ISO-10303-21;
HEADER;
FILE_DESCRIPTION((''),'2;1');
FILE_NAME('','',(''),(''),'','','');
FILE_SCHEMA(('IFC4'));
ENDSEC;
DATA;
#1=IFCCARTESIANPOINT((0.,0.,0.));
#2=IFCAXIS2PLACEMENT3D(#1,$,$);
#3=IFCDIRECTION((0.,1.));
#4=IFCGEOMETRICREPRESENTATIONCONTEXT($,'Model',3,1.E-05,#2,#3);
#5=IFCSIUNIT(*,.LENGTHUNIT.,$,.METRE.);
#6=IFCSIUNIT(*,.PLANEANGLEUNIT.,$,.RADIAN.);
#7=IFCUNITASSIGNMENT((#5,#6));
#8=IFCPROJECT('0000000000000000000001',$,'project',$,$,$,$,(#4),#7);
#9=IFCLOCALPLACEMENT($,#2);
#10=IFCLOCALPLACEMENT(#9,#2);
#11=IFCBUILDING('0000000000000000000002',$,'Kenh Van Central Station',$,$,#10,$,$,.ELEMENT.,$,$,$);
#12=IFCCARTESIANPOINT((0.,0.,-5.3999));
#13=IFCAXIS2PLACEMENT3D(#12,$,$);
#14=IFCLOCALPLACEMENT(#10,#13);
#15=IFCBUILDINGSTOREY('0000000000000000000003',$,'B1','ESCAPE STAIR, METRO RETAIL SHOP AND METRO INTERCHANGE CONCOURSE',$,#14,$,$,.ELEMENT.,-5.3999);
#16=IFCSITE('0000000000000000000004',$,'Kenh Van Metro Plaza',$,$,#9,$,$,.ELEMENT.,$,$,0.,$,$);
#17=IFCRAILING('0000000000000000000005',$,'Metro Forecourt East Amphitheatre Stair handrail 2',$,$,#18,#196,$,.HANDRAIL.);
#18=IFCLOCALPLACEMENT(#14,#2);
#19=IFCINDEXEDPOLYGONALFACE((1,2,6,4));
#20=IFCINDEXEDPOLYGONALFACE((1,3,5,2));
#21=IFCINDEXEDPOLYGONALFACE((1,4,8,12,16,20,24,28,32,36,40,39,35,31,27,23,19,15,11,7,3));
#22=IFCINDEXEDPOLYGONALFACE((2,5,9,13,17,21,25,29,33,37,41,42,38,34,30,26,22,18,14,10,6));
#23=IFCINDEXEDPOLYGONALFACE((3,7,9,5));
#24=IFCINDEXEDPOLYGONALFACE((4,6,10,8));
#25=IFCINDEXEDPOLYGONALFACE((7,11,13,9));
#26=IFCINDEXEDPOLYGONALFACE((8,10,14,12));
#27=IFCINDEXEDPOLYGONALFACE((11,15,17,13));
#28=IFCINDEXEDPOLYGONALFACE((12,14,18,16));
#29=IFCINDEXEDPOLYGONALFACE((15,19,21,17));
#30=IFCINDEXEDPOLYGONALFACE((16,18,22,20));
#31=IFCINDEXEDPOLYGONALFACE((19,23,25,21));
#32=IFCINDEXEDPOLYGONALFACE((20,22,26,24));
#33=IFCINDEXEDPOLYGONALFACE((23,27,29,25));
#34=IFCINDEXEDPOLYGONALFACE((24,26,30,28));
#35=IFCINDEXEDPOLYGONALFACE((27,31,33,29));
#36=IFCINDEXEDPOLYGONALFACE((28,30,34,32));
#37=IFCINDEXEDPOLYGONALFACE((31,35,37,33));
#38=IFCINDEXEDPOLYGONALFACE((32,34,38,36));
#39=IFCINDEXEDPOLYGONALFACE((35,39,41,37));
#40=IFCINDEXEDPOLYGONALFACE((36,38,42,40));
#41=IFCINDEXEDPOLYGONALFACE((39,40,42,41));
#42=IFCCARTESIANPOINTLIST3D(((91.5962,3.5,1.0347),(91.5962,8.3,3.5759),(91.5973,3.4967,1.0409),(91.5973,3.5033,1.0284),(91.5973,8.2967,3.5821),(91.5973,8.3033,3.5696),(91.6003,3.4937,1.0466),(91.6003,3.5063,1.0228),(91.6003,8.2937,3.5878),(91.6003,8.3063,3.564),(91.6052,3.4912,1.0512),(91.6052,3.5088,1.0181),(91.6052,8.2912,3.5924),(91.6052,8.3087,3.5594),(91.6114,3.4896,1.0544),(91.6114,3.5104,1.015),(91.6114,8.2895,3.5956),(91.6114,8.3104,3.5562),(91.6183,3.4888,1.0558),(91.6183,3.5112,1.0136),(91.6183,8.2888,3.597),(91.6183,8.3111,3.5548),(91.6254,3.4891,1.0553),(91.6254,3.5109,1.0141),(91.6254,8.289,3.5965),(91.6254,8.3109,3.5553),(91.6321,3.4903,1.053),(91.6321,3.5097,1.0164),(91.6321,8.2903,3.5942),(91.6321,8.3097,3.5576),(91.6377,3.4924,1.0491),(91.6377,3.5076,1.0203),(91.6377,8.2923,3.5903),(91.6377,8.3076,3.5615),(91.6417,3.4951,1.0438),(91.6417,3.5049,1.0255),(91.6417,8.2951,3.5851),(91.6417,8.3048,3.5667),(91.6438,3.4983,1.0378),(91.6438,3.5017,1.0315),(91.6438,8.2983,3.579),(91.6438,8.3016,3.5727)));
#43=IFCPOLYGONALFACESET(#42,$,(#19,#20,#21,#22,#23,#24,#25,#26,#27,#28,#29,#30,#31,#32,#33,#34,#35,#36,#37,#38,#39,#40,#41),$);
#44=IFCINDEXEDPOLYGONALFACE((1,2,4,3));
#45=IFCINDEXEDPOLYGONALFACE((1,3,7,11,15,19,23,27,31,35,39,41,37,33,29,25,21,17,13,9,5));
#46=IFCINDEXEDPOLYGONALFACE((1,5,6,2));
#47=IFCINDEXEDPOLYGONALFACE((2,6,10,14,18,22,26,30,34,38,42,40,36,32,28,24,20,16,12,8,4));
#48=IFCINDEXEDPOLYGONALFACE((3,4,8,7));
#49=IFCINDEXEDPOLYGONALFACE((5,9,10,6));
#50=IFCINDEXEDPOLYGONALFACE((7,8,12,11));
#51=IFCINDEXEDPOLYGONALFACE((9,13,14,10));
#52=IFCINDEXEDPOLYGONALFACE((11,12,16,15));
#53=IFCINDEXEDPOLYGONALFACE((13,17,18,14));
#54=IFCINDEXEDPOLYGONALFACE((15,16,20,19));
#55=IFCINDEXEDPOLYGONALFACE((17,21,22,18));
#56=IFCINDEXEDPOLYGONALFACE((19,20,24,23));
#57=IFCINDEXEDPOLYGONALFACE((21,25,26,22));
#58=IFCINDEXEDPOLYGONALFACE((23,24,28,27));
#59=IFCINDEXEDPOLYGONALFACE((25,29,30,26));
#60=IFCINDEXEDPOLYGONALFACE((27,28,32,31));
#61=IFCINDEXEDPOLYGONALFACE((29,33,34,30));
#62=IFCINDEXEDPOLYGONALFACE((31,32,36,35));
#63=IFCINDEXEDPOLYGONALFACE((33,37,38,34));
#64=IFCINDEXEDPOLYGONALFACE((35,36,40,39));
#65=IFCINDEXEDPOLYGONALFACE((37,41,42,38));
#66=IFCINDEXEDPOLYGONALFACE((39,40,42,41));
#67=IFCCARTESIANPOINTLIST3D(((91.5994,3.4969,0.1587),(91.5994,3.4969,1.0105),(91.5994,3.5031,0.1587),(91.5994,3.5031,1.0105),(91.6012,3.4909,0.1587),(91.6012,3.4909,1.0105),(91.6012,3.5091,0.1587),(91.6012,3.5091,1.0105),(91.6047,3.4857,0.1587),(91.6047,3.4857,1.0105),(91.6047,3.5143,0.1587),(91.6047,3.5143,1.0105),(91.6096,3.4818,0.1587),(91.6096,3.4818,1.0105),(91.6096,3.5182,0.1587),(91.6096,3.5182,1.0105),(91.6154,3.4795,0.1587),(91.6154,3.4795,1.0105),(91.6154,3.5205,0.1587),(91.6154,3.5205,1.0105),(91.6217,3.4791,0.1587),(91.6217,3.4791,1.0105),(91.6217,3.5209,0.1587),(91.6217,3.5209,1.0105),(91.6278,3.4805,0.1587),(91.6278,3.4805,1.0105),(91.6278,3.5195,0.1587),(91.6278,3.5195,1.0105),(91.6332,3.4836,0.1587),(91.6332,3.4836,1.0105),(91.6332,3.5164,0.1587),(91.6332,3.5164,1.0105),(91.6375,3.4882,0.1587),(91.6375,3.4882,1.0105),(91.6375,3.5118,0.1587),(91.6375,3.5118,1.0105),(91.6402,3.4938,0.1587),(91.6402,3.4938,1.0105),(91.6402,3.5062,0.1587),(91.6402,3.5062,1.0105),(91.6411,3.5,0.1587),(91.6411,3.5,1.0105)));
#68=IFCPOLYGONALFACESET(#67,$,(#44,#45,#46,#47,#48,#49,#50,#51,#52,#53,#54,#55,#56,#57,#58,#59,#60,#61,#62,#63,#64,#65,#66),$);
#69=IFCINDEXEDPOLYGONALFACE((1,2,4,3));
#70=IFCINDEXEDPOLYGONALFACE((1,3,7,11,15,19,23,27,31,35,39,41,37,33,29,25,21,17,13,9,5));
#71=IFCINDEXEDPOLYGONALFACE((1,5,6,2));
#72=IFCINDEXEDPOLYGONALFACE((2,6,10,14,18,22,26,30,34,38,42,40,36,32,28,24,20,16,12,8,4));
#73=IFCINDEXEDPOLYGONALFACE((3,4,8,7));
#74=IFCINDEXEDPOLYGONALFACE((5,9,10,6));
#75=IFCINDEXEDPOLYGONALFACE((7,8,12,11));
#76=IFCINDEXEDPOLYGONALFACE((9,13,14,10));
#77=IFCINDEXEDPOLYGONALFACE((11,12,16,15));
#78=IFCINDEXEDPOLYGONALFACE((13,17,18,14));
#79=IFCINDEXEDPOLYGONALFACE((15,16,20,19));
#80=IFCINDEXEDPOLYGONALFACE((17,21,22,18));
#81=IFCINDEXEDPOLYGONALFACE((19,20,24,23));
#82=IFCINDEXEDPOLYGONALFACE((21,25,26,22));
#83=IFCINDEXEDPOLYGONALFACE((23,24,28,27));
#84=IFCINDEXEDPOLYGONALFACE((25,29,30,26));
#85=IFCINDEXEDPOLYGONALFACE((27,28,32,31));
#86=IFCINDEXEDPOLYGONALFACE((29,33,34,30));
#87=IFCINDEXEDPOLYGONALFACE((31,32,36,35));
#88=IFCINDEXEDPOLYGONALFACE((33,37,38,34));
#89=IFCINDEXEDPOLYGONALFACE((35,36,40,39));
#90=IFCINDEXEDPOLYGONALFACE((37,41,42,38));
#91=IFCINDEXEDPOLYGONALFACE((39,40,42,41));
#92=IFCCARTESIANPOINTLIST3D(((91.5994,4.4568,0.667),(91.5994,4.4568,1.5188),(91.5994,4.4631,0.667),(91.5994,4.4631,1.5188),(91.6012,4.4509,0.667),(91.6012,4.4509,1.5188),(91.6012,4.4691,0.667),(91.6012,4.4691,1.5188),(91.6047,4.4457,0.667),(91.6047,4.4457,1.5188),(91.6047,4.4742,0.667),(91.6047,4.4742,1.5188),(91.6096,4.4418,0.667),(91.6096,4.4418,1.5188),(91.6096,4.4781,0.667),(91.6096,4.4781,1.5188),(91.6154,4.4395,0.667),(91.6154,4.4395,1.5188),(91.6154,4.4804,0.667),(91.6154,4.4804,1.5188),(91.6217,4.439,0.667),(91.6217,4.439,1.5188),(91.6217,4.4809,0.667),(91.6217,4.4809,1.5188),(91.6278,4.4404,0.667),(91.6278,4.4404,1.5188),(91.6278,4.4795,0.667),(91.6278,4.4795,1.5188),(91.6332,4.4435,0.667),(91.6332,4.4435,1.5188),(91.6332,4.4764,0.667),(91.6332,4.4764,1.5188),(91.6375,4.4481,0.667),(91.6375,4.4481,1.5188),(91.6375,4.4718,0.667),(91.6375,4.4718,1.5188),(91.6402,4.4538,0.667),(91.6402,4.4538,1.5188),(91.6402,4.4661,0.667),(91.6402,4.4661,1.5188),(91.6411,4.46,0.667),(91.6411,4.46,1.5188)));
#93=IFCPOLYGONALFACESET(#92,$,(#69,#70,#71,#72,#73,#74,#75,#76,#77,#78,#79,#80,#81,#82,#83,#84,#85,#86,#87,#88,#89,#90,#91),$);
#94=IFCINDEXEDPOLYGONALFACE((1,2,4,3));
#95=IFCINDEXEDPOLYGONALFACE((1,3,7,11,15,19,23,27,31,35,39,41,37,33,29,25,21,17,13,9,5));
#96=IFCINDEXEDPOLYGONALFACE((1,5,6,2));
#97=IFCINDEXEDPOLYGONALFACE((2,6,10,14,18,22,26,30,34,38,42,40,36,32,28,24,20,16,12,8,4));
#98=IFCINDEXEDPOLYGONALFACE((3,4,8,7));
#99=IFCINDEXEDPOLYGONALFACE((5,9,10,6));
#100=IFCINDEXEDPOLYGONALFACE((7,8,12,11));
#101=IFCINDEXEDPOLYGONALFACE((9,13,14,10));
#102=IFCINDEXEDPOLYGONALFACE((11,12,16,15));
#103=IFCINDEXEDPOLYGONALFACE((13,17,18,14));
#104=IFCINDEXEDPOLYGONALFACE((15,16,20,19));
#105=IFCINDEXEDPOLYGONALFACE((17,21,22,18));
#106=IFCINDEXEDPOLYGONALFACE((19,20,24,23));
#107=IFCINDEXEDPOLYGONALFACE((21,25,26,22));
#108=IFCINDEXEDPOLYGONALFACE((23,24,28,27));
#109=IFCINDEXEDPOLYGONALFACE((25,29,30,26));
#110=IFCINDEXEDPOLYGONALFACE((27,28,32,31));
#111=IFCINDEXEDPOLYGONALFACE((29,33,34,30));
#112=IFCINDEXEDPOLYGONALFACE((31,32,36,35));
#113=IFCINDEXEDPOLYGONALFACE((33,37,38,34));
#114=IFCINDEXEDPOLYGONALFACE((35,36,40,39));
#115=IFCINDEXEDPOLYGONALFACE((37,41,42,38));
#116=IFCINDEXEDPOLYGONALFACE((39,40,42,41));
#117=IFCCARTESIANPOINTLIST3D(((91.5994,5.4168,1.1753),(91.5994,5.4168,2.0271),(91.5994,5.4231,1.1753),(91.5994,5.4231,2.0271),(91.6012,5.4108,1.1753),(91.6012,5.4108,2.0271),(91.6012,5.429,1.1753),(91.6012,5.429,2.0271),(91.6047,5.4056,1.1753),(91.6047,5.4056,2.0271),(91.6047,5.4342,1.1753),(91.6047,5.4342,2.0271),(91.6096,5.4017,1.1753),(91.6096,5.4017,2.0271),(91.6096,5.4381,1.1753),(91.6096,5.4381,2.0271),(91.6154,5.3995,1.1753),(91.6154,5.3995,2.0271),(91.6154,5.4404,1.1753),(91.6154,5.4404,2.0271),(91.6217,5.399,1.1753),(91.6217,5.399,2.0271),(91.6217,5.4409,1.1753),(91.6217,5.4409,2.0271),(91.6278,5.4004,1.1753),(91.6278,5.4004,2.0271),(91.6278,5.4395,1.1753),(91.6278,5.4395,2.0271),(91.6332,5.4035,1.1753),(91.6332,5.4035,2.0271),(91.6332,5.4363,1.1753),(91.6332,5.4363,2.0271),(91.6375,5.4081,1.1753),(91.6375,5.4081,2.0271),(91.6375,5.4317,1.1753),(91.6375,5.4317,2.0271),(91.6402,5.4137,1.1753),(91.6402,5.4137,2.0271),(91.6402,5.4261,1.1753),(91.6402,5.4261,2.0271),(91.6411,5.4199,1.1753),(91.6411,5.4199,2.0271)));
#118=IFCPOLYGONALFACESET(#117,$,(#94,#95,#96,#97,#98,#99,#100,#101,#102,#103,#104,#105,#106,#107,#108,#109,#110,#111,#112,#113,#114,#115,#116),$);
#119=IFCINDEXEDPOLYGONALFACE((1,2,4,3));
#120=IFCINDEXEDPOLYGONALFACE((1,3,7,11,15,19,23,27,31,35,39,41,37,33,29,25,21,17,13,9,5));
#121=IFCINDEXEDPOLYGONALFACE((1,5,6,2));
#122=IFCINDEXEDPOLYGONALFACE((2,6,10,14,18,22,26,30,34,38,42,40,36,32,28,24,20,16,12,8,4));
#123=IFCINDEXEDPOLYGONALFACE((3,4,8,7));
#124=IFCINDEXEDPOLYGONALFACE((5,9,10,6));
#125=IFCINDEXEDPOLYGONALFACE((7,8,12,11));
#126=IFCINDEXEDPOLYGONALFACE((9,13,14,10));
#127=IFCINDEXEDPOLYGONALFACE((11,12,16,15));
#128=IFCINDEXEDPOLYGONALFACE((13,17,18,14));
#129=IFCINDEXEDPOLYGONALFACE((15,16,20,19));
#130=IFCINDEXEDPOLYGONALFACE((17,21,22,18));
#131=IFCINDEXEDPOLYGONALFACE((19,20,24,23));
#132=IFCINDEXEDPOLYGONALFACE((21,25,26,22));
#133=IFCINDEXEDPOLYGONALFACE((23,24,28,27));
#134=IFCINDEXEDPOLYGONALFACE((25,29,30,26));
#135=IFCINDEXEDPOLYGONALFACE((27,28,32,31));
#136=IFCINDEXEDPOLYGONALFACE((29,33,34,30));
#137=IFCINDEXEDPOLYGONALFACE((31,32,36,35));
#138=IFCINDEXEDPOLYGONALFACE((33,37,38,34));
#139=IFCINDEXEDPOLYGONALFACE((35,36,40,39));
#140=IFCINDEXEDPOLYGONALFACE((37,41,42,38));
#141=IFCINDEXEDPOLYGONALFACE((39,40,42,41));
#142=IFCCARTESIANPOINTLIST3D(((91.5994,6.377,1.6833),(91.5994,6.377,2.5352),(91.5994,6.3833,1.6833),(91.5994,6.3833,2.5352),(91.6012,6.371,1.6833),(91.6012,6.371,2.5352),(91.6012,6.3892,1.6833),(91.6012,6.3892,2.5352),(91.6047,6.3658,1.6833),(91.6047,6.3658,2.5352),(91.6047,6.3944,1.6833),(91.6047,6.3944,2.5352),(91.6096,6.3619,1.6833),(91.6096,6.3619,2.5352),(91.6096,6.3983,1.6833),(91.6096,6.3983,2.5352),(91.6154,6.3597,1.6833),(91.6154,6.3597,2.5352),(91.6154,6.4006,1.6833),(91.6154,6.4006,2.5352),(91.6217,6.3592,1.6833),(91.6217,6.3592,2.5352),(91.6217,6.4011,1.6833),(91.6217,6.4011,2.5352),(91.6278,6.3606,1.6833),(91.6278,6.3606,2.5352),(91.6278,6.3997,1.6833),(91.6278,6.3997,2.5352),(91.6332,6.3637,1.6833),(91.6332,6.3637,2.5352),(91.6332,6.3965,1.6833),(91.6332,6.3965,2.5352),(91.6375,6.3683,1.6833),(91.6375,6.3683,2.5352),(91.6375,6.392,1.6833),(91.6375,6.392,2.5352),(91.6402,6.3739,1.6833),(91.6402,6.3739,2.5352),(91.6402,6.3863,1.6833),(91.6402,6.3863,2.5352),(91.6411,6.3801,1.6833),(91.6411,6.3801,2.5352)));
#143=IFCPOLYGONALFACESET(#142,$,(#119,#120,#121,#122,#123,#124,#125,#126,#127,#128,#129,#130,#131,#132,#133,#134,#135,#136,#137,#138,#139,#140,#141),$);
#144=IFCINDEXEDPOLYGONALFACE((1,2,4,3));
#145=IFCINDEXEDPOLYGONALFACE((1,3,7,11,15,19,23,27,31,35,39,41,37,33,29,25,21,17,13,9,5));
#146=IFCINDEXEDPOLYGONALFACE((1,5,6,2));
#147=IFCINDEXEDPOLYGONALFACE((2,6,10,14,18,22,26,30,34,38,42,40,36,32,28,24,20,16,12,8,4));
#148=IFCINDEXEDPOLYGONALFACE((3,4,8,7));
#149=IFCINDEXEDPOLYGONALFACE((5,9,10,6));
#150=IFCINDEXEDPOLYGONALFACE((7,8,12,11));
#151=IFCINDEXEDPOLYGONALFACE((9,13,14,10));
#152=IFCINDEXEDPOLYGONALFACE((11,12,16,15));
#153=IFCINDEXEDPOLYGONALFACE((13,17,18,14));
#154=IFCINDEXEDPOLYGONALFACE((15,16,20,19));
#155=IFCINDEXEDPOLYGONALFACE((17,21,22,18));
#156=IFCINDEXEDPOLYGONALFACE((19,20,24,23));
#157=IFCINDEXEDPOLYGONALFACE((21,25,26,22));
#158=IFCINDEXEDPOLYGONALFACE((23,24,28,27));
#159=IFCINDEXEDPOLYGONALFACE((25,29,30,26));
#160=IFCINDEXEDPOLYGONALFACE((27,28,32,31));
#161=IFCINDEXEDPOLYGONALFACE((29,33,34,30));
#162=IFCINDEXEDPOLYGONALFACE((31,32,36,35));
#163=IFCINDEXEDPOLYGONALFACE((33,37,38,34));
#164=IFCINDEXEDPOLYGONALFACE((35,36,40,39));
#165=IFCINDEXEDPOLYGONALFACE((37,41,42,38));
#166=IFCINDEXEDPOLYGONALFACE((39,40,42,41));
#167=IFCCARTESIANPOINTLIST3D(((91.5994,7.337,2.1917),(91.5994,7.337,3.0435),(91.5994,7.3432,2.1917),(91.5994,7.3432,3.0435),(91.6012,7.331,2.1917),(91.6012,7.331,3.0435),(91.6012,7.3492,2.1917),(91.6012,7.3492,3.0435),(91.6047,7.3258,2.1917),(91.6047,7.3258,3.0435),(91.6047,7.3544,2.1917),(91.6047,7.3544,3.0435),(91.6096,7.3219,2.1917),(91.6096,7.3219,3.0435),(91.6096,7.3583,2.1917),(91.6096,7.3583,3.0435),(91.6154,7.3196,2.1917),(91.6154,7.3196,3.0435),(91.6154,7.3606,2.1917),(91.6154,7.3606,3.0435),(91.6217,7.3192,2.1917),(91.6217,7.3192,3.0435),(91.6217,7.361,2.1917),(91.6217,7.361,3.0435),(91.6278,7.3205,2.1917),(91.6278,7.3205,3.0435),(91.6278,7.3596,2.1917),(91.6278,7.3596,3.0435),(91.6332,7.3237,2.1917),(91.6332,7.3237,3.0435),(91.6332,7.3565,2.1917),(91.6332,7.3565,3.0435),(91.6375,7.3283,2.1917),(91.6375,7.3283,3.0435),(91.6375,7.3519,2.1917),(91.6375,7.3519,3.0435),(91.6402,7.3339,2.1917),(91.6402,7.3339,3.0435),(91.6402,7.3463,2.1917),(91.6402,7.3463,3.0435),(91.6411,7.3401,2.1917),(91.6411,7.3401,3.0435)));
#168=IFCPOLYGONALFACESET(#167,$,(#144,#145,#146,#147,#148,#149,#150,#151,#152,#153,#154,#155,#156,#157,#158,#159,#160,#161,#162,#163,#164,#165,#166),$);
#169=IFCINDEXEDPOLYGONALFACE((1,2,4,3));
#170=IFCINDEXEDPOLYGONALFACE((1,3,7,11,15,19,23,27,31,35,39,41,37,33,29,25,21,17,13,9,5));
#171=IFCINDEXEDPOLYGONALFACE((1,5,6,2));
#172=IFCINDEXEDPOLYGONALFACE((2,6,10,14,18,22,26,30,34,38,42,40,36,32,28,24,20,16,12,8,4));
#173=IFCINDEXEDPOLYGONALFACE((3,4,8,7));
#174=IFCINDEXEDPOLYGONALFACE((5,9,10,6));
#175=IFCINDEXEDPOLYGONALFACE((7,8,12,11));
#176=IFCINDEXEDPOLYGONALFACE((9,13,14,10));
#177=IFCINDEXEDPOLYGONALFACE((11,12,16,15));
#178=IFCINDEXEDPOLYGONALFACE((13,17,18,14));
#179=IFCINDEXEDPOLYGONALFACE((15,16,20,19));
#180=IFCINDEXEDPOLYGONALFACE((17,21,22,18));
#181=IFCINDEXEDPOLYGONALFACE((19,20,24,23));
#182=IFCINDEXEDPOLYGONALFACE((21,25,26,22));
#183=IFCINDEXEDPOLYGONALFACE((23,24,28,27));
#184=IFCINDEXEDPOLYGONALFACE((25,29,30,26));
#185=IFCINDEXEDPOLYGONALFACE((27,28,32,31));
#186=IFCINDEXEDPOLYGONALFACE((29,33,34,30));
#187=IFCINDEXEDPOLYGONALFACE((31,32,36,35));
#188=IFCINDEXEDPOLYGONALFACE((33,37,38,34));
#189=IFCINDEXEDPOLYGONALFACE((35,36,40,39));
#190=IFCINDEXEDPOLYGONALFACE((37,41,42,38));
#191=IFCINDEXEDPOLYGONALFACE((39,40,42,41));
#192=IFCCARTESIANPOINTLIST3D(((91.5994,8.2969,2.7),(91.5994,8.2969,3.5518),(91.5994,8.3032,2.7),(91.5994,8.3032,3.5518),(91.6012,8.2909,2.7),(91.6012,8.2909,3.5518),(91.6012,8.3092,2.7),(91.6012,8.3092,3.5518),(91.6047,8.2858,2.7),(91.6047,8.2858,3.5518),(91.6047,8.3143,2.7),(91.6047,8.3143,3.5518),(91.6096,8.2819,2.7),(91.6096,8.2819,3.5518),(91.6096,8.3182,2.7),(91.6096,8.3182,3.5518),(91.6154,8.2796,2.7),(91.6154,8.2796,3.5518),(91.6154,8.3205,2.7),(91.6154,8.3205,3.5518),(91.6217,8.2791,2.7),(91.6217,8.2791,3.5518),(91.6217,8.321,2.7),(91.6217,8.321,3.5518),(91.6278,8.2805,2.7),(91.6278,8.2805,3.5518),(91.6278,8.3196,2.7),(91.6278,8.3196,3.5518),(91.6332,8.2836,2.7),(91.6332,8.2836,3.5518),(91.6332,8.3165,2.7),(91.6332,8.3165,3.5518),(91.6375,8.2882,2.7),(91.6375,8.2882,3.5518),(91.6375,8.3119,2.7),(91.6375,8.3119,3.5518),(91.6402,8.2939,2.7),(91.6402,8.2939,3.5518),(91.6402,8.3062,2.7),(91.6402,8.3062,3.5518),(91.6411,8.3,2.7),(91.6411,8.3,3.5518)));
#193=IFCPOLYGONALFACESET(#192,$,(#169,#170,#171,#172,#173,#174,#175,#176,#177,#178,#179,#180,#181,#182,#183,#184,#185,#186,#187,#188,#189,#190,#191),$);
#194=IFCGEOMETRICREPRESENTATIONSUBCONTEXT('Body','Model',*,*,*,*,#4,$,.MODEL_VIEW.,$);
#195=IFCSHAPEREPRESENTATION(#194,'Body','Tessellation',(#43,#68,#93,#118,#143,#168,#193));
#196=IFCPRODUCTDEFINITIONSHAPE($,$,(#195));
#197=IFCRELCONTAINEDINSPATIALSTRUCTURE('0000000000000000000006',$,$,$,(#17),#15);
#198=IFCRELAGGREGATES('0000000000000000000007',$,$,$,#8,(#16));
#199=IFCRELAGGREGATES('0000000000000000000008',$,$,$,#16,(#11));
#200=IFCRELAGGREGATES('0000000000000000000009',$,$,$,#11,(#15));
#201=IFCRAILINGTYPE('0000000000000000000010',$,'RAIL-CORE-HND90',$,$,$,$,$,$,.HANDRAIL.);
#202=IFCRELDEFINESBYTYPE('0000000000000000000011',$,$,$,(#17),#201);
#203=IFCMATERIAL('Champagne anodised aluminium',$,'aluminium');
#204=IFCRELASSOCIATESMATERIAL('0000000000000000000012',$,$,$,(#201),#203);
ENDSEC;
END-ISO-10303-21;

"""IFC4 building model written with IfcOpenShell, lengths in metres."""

from ifc_helpers import new_model, si_unit, direction, frame, origin, origin_2d, place, context, subcontext, project, spatial, circle, extrude, material, type_object, element, save


model = new_model("IFC4")

# Units and contexts
model_context = context("Model", 3, precision=1e-05, world=origin(), true_north=direction((0.0, 1.0)))
body_context = subcontext(model_context, "Body", "Model", "MODEL_VIEW")
ifc_project = project(units=[si_unit("LENGTHUNIT", "METRE"), si_unit("PLANEANGLEUNIT", "RADIAN")], contexts=[model_context])

# Site, building, storey
site_placement = place(None, origin())
site = spatial("IfcSite", under=ifc_project, at=site_placement, Name="Kenh Van Metro Plaza", CompositionType="ELEMENT", RefElevation=0.0)
building_placement = place(site_placement, origin())
building = spatial("IfcBuilding", under=site, at=building_placement, Name="Kenh Van Central Station", CompositionType="ELEMENT")
storey_placement = place(building_placement, frame((0.0, 0.0, -5.3999)))
storey = spatial("IfcBuildingStorey", under=building, at=storey_placement, Name="B1", Description="ESCAPE STAIR, METRO RETAIL SHOP AND METRO INTERCHANGE CONCOURSE", CompositionType="ELEMENT", Elevation=-5.3999)

# Railing
ifc_material_1 = material(Name="Champagne anodised aluminium", Category="aluminium")
railing_type_1 = type_object("IfcRailingType", Name="RAIL-CORE-HND90", PredefinedType="HANDRAIL", material=ifc_material_1)
for number, where, name in (
    (1, (91.6201, 3.5, 0.1587), "Metro Forecourt East Amphitheatre Stair handrail 2"),
):
    element("IfcRailing", number, at=place(storey_placement, frame(where)), inside=storey, type_object=railing_type_1, Name=name, PredefinedType="HANDRAIL", context=body_context, shape_type="SweptSolid", body=[
        extrude(circle(Radius=0.0239, at=origin_2d()), frame((0.0, 0.0, 0.876), z_axis=(0.0, 0.883784, 0.467896), x_axis=(-1.0, 0.0, 0.0)), (0.0, 0.0, 1.0), 5.4312),
        extrude(circle(Radius=0.021, at=origin_2d()), origin(), (0.0, 0.0, 1.0), 0.8518),
        extrude(circle(Radius=0.021, at=origin_2d()), frame((0.0, 0.96, 0.5083)), (0.0, 0.0, 1.0), 0.8518),
        extrude(circle(Radius=0.021, at=origin_2d()), frame((0.0, 1.9199, 1.0166)), (0.0, 0.0, 1.0), 0.8518),
        extrude(circle(Radius=0.021, at=origin_2d()), frame((0.0, 2.8801, 1.5247)), (0.0, 0.0, 1.0), 0.8518),
        extrude(circle(Radius=0.021, at=origin_2d()), frame((0.0, 3.8401, 2.033)), (0.0, 0.0, 1.0), 0.8518),
        extrude(circle(Radius=0.021, at=origin_2d()), frame((0.0, 4.8, 2.5413)), (0.0, 0.0, 1.0), 0.8518),
    ])

save(model, "model.ifc")
